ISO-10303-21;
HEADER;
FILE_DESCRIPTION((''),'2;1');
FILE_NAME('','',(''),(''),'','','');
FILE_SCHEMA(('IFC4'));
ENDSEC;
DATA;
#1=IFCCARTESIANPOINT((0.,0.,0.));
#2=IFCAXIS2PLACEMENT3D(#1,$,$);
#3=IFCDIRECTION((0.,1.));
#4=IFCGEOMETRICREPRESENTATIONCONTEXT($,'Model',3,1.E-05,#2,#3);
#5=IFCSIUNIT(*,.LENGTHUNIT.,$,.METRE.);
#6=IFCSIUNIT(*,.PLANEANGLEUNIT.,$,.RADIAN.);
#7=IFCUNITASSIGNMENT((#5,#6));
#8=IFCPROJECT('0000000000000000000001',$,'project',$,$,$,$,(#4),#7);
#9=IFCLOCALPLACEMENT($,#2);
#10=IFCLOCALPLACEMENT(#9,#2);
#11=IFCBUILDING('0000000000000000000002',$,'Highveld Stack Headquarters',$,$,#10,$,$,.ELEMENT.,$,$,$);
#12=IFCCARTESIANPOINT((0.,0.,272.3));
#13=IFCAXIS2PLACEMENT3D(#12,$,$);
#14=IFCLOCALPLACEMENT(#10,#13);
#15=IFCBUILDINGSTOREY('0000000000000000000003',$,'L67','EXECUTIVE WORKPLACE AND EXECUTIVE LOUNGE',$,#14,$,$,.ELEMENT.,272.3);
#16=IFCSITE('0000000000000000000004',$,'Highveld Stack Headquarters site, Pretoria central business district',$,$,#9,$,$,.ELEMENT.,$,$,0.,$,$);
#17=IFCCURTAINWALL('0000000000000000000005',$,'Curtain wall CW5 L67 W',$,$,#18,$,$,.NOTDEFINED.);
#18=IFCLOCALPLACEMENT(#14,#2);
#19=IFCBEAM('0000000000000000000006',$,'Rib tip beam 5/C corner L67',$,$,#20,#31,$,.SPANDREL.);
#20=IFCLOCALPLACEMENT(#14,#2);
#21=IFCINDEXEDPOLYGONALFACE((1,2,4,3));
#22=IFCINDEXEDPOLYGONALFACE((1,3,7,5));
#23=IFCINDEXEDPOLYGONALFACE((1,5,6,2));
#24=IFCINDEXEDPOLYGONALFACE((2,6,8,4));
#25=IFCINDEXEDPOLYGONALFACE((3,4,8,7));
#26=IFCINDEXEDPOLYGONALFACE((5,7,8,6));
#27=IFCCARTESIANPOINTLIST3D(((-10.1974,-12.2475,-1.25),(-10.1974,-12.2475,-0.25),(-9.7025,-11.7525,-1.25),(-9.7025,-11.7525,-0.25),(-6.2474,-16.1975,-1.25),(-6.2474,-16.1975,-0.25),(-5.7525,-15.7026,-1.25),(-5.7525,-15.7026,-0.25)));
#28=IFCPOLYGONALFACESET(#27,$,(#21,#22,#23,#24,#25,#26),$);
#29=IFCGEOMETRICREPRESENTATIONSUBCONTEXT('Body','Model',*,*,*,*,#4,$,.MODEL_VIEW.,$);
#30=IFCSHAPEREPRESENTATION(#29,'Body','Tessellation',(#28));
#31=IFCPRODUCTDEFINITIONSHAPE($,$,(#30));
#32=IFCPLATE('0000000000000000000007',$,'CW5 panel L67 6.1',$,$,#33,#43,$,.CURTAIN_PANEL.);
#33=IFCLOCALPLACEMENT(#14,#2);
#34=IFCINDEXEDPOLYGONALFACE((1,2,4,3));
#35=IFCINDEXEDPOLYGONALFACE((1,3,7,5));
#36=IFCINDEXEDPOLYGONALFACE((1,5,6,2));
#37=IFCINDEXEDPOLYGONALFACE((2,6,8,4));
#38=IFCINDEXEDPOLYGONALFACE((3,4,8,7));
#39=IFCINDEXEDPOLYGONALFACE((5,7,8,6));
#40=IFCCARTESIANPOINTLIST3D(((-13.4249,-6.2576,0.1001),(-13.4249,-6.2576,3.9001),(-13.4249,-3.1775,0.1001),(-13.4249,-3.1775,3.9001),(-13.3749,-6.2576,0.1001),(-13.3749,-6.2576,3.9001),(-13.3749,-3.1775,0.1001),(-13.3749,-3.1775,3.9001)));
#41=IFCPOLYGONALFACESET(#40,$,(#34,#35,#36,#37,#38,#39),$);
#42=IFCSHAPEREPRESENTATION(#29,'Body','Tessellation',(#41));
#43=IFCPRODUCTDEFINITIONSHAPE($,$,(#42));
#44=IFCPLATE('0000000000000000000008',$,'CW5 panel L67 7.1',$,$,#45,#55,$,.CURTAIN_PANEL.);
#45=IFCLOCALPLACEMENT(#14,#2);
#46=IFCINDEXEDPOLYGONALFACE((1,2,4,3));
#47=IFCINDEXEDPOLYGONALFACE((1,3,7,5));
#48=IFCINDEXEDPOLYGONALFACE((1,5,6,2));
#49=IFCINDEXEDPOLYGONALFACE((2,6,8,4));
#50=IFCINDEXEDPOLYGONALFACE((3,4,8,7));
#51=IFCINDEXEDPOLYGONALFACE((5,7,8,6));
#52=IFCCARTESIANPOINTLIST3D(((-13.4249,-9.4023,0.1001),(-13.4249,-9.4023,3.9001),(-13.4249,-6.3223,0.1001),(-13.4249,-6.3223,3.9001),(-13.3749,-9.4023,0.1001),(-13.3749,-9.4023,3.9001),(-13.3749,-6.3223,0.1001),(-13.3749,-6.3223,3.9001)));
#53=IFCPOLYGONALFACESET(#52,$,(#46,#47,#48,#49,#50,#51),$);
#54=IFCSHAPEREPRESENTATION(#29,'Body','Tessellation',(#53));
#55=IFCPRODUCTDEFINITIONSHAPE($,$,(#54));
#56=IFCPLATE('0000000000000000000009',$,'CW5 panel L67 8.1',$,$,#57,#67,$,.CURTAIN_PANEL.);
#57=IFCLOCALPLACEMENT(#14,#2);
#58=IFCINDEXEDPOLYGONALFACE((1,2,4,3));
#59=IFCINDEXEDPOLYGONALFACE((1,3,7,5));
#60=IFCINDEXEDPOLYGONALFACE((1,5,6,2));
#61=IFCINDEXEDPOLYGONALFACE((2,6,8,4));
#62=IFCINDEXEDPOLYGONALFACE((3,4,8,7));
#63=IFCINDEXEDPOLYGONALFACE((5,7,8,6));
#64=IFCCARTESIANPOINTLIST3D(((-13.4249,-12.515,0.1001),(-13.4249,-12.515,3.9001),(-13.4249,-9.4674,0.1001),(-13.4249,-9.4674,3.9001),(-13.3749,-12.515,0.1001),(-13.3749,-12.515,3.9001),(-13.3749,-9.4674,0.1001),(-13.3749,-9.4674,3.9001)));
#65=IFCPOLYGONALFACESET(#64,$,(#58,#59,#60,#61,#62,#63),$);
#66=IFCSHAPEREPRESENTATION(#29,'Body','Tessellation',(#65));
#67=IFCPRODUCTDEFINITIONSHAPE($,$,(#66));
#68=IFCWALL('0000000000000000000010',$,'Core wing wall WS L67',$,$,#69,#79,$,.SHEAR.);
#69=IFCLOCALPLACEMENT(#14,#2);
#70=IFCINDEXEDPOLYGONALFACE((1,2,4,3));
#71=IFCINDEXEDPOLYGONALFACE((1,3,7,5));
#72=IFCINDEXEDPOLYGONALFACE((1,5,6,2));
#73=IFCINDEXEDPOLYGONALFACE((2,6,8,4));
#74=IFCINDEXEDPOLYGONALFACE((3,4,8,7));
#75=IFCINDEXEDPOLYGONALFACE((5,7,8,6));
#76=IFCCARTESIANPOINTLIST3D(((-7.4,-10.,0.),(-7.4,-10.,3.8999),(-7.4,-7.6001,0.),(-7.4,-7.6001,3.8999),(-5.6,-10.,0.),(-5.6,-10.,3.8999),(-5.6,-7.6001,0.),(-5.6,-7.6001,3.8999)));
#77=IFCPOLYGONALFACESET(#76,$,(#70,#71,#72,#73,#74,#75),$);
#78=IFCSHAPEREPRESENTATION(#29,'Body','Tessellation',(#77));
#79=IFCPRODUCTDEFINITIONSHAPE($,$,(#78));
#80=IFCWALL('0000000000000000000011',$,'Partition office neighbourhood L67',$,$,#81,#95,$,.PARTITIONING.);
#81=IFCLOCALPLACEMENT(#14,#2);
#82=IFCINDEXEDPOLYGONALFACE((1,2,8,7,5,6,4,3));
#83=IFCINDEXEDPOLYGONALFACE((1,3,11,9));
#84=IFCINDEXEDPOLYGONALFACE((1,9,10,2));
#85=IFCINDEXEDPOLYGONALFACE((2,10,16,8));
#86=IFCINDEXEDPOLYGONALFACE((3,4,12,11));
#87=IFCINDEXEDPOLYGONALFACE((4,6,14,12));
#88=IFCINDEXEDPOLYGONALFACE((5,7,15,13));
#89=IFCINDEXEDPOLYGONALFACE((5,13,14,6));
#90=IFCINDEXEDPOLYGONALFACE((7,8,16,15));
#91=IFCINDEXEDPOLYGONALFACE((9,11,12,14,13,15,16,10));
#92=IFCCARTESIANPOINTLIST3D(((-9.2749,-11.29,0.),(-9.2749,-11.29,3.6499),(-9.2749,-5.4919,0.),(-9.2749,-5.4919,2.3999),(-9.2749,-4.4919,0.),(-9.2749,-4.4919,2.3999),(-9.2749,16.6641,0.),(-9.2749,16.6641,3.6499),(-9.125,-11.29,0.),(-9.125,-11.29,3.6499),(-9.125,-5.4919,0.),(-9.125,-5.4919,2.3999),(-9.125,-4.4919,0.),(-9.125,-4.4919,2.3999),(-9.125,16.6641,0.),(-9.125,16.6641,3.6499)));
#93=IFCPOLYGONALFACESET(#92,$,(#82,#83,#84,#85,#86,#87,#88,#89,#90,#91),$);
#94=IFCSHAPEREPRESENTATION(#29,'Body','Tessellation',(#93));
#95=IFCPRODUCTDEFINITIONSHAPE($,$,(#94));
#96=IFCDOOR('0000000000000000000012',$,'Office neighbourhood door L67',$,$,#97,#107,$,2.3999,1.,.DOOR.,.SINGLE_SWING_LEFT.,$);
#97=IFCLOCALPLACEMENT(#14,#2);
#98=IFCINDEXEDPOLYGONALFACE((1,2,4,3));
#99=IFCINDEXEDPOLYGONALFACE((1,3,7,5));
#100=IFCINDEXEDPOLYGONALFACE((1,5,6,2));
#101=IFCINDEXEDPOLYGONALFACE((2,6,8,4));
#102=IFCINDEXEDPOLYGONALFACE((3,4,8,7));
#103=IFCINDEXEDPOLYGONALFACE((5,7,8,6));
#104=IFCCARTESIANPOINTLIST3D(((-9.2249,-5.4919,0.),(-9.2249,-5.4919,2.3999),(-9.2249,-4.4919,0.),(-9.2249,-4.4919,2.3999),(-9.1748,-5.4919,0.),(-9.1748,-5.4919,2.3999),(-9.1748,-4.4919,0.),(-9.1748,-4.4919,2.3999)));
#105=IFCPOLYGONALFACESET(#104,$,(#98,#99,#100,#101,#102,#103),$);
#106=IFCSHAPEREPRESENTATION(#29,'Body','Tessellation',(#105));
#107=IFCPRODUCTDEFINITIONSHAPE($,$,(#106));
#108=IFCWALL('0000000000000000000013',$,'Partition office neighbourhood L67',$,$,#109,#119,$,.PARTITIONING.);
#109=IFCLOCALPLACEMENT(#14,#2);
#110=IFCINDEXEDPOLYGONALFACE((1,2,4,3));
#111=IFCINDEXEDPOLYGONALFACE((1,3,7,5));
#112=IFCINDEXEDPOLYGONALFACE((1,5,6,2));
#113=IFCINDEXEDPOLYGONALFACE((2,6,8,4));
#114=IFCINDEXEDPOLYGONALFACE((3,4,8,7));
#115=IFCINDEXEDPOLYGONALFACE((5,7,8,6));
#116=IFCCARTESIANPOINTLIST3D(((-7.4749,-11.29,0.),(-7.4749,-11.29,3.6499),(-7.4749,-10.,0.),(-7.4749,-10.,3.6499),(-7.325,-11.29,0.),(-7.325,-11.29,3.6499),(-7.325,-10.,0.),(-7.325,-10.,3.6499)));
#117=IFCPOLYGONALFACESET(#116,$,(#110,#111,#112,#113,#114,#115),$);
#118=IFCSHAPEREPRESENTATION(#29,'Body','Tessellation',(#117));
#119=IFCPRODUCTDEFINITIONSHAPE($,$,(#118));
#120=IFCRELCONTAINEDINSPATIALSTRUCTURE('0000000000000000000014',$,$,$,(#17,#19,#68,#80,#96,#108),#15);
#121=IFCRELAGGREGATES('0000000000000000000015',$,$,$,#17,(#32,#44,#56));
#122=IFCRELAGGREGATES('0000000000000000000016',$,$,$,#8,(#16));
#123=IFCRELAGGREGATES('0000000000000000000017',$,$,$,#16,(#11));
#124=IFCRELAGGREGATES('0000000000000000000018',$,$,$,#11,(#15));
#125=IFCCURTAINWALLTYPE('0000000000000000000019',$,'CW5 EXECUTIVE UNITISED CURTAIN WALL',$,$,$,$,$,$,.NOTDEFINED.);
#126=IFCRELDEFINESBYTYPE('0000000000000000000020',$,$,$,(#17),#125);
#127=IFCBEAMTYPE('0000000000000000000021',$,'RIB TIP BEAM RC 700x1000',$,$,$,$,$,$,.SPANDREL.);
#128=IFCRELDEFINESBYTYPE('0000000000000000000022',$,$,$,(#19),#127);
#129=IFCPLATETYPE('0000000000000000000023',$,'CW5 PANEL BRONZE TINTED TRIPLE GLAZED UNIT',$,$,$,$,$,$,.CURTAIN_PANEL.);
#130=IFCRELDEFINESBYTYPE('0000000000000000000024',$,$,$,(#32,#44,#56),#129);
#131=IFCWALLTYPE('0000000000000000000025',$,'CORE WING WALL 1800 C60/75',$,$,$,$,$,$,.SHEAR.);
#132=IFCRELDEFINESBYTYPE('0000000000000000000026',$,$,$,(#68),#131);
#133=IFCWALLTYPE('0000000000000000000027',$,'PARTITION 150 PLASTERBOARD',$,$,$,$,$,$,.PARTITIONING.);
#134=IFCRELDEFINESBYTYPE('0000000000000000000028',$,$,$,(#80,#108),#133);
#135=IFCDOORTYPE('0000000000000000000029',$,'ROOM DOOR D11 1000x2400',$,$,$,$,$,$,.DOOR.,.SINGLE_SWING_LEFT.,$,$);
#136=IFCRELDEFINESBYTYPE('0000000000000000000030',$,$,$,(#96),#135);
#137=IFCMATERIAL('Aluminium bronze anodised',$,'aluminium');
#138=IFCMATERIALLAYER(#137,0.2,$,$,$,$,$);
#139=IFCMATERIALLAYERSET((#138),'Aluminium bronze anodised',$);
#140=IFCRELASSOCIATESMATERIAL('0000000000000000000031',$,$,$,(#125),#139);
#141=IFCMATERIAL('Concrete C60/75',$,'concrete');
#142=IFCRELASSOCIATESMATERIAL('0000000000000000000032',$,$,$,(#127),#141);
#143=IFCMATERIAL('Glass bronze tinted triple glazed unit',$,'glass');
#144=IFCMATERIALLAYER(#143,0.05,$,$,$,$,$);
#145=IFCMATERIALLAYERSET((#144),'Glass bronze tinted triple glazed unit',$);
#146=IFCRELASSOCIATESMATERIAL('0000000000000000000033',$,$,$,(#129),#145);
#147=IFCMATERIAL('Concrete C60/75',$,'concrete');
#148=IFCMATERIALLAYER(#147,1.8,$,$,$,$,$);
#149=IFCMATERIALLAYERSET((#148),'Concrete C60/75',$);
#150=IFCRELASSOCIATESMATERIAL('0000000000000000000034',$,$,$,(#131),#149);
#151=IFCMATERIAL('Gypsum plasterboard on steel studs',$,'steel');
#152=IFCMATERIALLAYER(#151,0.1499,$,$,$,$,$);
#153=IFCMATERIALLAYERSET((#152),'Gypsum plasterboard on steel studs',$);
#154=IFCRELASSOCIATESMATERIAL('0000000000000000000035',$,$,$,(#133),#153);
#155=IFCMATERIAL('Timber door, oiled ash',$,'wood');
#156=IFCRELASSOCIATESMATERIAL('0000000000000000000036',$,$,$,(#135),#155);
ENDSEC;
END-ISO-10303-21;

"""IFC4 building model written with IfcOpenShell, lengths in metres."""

from ifc_helpers import new_model, si_unit, direction, frame, frame_2d, origin, origin_2d, place, context, subcontext, project, spatial, rectangle, extrude, material, layer, layer_set, material_profile, profile_set, type_object, element, fill, aggregate, save


model = new_model("IFC4")

# Units and contexts
model_context = context("Model", 3, precision=1e-05, world=origin(), true_north=direction((0.0, 1.0)))
body_context = subcontext(model_context, "Body", "Model", "MODEL_VIEW")
ifc_project = project(units=[si_unit("LENGTHUNIT", "METRE"), si_unit("PLANEANGLEUNIT", "RADIAN")], contexts=[model_context])

# Site, building, storey
site_placement = place(None, origin())
site = spatial("IfcSite", under=ifc_project, at=site_placement, Name="Highveld Stack Headquarters site, Pretoria central business district", CompositionType="ELEMENT", RefElevation=0.0)
building_placement = place(site_placement, origin())
building = spatial("IfcBuilding", under=site, at=building_placement, Name="Highveld Stack Headquarters", CompositionType="ELEMENT")
storey_placement = place(building_placement, frame((0.0, 0.0, 272.3)))
storey = spatial("IfcBuildingStorey", under=building, at=storey_placement, Name="L67", Description="EXECUTIVE WORKPLACE AND EXECUTIVE LOUNGE", CompositionType="ELEMENT", Elevation=272.3)

# Curtain wall
ifc_material_1 = material(Name="Aluminium bronze anodised", Category="aluminium")
ifc_layer_1 = layer(ifc_material_1, 0.2)
ifc_layer_set_1 = layer_set([ifc_layer_1], Name="Aluminium bronze anodised")
curtain_wall_type = type_object("IfcCurtainWallType", Name="CW5 EXECUTIVE UNITISED CURTAIN WALL", PredefinedType="NOTDEFINED", material=ifc_layer_set_1)
curtain_wall_placement = place(storey_placement, origin())
curtain_wall = element("IfcCurtainWall", 1, at=curtain_wall_placement, inside=storey, type_object=curtain_wall_type, Name="Curtain wall CW5 L67 W", PredefinedType="NOTDEFINED")

# Beam
ifc_material_2 = material(Name="Concrete C60/75", Category="concrete")
ifc_material_profile_1 = material_profile(ifc_material_2, rectangle(XDim=0.7, YDim=1.0, at=origin_2d()), Name="RC 700x1000")
ifc_profile_set_1 = profile_set([ifc_material_profile_1], Name="Concrete C60/75")
beam_type_1 = type_object("IfcBeamType", Name="RIB TIP BEAM RC 700x1000", PredefinedType="SPANDREL", material=ifc_profile_set_1)
beam_1_placement = place(storey_placement, frame((-9.95, -12.0, -0.75), z_axis=(0.707107, -0.707107, 0.0), x_axis=(0.707107, 0.707107, 0.0)))
element("IfcBeam", 2, at=beam_1_placement, inside=storey, type_object=beam_type_1, Name="Rib tip beam 5/C corner L67", PredefinedType="SPANDREL", context=body_context, shape_type="SweptSolid", body=[
    extrude(rectangle(XDim=0.7, YDim=1.0, at=origin_2d()), origin(), (0.0, 0.0, 1.0), 5.5862),
])

# Plates
ifc_material_3 = material(Name="Glass bronze tinted triple glazed unit", Category="glass")
ifc_layer_2 = layer(ifc_material_3, 0.05)
ifc_layer_set_2 = layer_set([ifc_layer_2], Name="Glass bronze tinted triple glazed unit")
plate_type = type_object("IfcPlateType", Name="CW5 PANEL BRONZE TINTED TRIPLE GLAZED UNIT", PredefinedType="CURTAIN_PANEL", material=ifc_layer_set_2)
plate_1_placement = place(storey_placement, frame((-13.3999, -4.7175, 0.1001), z_axis=(0.0, 0.0, 1.0), x_axis=(0.0, -1.0, 0.0)))
plate_1 = element("IfcPlate", 3, at=plate_1_placement, type_object=plate_type, Name="CW5 panel L67 6.1", PredefinedType="CURTAIN_PANEL", context=body_context, shape_type="SweptSolid", body=[
    extrude(rectangle(XDim=3.0801, YDim=0.05, at=origin_2d()), origin(), (0.0, 0.0, 1.0), 3.8),
])
plate_2_placement = place(storey_placement, frame((-13.3999, -7.8623, 0.1001), z_axis=(0.0, 0.0, 1.0), x_axis=(0.0, -1.0, 0.0)))
plate_2 = element("IfcPlate", 4, at=plate_2_placement, type_object=plate_type, Name="CW5 panel L67 7.1", PredefinedType="CURTAIN_PANEL", context=body_context, shape_type="SweptSolid", body=[
    extrude(rectangle(XDim=3.0801, YDim=0.05, at=origin_2d()), origin(), (0.0, 0.0, 1.0), 3.8),
])
plate_3_placement = place(storey_placement, frame((-13.3999, -10.9912, 0.1001), z_axis=(0.0, 0.0, 1.0), x_axis=(0.0, -1.0, 0.0)))
plate_3 = element("IfcPlate", 5, at=plate_3_placement, type_object=plate_type, Name="CW5 panel L67 8.1", PredefinedType="CURTAIN_PANEL", context=body_context, shape_type="SweptSolid", body=[
    extrude(rectangle(XDim=3.0476, YDim=0.05, at=origin_2d()), origin(), (0.0, 0.0, 1.0), 3.8),
])
aggregate(curtain_wall, [plate_1, plate_2, plate_3])

# Wall
ifc_material_4 = material(Name="Concrete C60/75", Category="concrete")
ifc_layer_3 = layer(ifc_material_4, 1.8)
ifc_layer_set_3 = layer_set([ifc_layer_3], Name="Concrete C60/75")
wall_type_1 = type_object("IfcWallType", Name="CORE WING WALL 1800 C60/75", PredefinedType="SHEAR", material=ifc_layer_set_3)
wall_1_placement = place(storey_placement, frame((-6.5, -10.0, 0.0), z_axis=(0.0, 0.0, 1.0), x_axis=(0.0, 1.0, 0.0)))
element("IfcWall", 6, at=wall_1_placement, inside=storey, type_object=wall_type_1, Name="Core wing wall WS L67", PredefinedType="SHEAR", context=body_context, shape_type="SweptSolid", body=[
    extrude(rectangle(XDim=2.3999, YDim=1.8, at=frame_2d((1.2, 0.0))), origin(), (0.0, 0.0, 1.0), 3.8999),
])

# Wall, opening, door
ifc_material_5 = material(Name="Gypsum plasterboard on steel studs", Category="steel")
ifc_layer_4 = layer(ifc_material_5, 0.1499)
ifc_layer_set_4 = layer_set([ifc_layer_4], Name="Gypsum plasterboard on steel studs")
wall_type_2 = type_object("IfcWallType", Name="PARTITION 150 PLASTERBOARD", PredefinedType="PARTITIONING", material=ifc_layer_set_4)
wall_2_placement = place(storey_placement, frame((-9.2, -11.29, 0.0), z_axis=(0.0, 0.0, 1.0), x_axis=(0.0, 1.0, 0.0)))
wall_2 = element("IfcWall", 7, at=wall_2_placement, inside=storey, type_object=wall_type_2, Name="Partition office neighbourhood L67", PredefinedType="PARTITIONING", context=body_context, shape_type="SweptSolid", body=[
    extrude(rectangle(XDim=27.9541, YDim=0.1499, at=frame_2d((13.9771, 0.0))), origin(), (0.0, 0.0, 1.0), 3.6499),
])
opening_1_placement = place(wall_2_placement, frame((5.7981, 0.0, 0.0)))
opening_1 = element("IfcOpeningElement", 8, at=opening_1_placement, cuts=wall_2, PredefinedType="OPENING", context=body_context, shape_type="SweptSolid", body=[
    extrude(rectangle(XDim=1.0, YDim=2.3999, at=frame_2d((0.5, 1.2))), frame((0.0, 0.085, 0.0), z_axis=(0.0, -1.0, 0.0), x_axis=(1.0, 0.0, 0.0)), (0.0, 0.0, 1.0), 0.1699),
])
ifc_material_6 = material(Name="Timber door, oiled ash", Category="wood")
door_type_1 = type_object("IfcDoorType", Name="ROOM DOOR D11 1000x2400", OperationType="SINGLE_SWING_LEFT", PredefinedType="DOOR", material=ifc_material_6)
door_1_placement = place(opening_1_placement, origin())
door_1 = element("IfcDoor", 9, at=door_1_placement, inside=storey, type_object=door_type_1, Name="Office neighbourhood door L67", OperationType="SINGLE_SWING_LEFT", OverallHeight=2.3999, OverallWidth=1.0, PredefinedType="DOOR", context=body_context, shape_type="SweptSolid", body=[
    extrude(rectangle(XDim=1.0, YDim=2.3999, at=frame_2d((0.5, 1.2))), frame((0.0, 0.0249, 0.0), z_axis=(0.0, -1.0, 0.0), x_axis=(1.0, 0.0, 0.0)), (0.0, 0.0, 1.0), 0.05),
])
fill(opening_1, door_1)

# Wall
wall_3_placement = place(storey_placement, frame((-7.3999, -11.29, 0.0), z_axis=(0.0, 0.0, 1.0), x_axis=(0.0, 1.0, 0.0)))
element("IfcWall", 10, at=wall_3_placement, inside=storey, type_object=wall_type_2, Name="Partition office neighbourhood L67", PredefinedType="PARTITIONING", context=body_context, shape_type="SweptSolid", body=[
    extrude(rectangle(XDim=1.29, YDim=0.1499, at=frame_2d((0.645, 0.0))), origin(), (0.0, 0.0, 1.0), 3.6499),
])

save(model, "model.ifc")
